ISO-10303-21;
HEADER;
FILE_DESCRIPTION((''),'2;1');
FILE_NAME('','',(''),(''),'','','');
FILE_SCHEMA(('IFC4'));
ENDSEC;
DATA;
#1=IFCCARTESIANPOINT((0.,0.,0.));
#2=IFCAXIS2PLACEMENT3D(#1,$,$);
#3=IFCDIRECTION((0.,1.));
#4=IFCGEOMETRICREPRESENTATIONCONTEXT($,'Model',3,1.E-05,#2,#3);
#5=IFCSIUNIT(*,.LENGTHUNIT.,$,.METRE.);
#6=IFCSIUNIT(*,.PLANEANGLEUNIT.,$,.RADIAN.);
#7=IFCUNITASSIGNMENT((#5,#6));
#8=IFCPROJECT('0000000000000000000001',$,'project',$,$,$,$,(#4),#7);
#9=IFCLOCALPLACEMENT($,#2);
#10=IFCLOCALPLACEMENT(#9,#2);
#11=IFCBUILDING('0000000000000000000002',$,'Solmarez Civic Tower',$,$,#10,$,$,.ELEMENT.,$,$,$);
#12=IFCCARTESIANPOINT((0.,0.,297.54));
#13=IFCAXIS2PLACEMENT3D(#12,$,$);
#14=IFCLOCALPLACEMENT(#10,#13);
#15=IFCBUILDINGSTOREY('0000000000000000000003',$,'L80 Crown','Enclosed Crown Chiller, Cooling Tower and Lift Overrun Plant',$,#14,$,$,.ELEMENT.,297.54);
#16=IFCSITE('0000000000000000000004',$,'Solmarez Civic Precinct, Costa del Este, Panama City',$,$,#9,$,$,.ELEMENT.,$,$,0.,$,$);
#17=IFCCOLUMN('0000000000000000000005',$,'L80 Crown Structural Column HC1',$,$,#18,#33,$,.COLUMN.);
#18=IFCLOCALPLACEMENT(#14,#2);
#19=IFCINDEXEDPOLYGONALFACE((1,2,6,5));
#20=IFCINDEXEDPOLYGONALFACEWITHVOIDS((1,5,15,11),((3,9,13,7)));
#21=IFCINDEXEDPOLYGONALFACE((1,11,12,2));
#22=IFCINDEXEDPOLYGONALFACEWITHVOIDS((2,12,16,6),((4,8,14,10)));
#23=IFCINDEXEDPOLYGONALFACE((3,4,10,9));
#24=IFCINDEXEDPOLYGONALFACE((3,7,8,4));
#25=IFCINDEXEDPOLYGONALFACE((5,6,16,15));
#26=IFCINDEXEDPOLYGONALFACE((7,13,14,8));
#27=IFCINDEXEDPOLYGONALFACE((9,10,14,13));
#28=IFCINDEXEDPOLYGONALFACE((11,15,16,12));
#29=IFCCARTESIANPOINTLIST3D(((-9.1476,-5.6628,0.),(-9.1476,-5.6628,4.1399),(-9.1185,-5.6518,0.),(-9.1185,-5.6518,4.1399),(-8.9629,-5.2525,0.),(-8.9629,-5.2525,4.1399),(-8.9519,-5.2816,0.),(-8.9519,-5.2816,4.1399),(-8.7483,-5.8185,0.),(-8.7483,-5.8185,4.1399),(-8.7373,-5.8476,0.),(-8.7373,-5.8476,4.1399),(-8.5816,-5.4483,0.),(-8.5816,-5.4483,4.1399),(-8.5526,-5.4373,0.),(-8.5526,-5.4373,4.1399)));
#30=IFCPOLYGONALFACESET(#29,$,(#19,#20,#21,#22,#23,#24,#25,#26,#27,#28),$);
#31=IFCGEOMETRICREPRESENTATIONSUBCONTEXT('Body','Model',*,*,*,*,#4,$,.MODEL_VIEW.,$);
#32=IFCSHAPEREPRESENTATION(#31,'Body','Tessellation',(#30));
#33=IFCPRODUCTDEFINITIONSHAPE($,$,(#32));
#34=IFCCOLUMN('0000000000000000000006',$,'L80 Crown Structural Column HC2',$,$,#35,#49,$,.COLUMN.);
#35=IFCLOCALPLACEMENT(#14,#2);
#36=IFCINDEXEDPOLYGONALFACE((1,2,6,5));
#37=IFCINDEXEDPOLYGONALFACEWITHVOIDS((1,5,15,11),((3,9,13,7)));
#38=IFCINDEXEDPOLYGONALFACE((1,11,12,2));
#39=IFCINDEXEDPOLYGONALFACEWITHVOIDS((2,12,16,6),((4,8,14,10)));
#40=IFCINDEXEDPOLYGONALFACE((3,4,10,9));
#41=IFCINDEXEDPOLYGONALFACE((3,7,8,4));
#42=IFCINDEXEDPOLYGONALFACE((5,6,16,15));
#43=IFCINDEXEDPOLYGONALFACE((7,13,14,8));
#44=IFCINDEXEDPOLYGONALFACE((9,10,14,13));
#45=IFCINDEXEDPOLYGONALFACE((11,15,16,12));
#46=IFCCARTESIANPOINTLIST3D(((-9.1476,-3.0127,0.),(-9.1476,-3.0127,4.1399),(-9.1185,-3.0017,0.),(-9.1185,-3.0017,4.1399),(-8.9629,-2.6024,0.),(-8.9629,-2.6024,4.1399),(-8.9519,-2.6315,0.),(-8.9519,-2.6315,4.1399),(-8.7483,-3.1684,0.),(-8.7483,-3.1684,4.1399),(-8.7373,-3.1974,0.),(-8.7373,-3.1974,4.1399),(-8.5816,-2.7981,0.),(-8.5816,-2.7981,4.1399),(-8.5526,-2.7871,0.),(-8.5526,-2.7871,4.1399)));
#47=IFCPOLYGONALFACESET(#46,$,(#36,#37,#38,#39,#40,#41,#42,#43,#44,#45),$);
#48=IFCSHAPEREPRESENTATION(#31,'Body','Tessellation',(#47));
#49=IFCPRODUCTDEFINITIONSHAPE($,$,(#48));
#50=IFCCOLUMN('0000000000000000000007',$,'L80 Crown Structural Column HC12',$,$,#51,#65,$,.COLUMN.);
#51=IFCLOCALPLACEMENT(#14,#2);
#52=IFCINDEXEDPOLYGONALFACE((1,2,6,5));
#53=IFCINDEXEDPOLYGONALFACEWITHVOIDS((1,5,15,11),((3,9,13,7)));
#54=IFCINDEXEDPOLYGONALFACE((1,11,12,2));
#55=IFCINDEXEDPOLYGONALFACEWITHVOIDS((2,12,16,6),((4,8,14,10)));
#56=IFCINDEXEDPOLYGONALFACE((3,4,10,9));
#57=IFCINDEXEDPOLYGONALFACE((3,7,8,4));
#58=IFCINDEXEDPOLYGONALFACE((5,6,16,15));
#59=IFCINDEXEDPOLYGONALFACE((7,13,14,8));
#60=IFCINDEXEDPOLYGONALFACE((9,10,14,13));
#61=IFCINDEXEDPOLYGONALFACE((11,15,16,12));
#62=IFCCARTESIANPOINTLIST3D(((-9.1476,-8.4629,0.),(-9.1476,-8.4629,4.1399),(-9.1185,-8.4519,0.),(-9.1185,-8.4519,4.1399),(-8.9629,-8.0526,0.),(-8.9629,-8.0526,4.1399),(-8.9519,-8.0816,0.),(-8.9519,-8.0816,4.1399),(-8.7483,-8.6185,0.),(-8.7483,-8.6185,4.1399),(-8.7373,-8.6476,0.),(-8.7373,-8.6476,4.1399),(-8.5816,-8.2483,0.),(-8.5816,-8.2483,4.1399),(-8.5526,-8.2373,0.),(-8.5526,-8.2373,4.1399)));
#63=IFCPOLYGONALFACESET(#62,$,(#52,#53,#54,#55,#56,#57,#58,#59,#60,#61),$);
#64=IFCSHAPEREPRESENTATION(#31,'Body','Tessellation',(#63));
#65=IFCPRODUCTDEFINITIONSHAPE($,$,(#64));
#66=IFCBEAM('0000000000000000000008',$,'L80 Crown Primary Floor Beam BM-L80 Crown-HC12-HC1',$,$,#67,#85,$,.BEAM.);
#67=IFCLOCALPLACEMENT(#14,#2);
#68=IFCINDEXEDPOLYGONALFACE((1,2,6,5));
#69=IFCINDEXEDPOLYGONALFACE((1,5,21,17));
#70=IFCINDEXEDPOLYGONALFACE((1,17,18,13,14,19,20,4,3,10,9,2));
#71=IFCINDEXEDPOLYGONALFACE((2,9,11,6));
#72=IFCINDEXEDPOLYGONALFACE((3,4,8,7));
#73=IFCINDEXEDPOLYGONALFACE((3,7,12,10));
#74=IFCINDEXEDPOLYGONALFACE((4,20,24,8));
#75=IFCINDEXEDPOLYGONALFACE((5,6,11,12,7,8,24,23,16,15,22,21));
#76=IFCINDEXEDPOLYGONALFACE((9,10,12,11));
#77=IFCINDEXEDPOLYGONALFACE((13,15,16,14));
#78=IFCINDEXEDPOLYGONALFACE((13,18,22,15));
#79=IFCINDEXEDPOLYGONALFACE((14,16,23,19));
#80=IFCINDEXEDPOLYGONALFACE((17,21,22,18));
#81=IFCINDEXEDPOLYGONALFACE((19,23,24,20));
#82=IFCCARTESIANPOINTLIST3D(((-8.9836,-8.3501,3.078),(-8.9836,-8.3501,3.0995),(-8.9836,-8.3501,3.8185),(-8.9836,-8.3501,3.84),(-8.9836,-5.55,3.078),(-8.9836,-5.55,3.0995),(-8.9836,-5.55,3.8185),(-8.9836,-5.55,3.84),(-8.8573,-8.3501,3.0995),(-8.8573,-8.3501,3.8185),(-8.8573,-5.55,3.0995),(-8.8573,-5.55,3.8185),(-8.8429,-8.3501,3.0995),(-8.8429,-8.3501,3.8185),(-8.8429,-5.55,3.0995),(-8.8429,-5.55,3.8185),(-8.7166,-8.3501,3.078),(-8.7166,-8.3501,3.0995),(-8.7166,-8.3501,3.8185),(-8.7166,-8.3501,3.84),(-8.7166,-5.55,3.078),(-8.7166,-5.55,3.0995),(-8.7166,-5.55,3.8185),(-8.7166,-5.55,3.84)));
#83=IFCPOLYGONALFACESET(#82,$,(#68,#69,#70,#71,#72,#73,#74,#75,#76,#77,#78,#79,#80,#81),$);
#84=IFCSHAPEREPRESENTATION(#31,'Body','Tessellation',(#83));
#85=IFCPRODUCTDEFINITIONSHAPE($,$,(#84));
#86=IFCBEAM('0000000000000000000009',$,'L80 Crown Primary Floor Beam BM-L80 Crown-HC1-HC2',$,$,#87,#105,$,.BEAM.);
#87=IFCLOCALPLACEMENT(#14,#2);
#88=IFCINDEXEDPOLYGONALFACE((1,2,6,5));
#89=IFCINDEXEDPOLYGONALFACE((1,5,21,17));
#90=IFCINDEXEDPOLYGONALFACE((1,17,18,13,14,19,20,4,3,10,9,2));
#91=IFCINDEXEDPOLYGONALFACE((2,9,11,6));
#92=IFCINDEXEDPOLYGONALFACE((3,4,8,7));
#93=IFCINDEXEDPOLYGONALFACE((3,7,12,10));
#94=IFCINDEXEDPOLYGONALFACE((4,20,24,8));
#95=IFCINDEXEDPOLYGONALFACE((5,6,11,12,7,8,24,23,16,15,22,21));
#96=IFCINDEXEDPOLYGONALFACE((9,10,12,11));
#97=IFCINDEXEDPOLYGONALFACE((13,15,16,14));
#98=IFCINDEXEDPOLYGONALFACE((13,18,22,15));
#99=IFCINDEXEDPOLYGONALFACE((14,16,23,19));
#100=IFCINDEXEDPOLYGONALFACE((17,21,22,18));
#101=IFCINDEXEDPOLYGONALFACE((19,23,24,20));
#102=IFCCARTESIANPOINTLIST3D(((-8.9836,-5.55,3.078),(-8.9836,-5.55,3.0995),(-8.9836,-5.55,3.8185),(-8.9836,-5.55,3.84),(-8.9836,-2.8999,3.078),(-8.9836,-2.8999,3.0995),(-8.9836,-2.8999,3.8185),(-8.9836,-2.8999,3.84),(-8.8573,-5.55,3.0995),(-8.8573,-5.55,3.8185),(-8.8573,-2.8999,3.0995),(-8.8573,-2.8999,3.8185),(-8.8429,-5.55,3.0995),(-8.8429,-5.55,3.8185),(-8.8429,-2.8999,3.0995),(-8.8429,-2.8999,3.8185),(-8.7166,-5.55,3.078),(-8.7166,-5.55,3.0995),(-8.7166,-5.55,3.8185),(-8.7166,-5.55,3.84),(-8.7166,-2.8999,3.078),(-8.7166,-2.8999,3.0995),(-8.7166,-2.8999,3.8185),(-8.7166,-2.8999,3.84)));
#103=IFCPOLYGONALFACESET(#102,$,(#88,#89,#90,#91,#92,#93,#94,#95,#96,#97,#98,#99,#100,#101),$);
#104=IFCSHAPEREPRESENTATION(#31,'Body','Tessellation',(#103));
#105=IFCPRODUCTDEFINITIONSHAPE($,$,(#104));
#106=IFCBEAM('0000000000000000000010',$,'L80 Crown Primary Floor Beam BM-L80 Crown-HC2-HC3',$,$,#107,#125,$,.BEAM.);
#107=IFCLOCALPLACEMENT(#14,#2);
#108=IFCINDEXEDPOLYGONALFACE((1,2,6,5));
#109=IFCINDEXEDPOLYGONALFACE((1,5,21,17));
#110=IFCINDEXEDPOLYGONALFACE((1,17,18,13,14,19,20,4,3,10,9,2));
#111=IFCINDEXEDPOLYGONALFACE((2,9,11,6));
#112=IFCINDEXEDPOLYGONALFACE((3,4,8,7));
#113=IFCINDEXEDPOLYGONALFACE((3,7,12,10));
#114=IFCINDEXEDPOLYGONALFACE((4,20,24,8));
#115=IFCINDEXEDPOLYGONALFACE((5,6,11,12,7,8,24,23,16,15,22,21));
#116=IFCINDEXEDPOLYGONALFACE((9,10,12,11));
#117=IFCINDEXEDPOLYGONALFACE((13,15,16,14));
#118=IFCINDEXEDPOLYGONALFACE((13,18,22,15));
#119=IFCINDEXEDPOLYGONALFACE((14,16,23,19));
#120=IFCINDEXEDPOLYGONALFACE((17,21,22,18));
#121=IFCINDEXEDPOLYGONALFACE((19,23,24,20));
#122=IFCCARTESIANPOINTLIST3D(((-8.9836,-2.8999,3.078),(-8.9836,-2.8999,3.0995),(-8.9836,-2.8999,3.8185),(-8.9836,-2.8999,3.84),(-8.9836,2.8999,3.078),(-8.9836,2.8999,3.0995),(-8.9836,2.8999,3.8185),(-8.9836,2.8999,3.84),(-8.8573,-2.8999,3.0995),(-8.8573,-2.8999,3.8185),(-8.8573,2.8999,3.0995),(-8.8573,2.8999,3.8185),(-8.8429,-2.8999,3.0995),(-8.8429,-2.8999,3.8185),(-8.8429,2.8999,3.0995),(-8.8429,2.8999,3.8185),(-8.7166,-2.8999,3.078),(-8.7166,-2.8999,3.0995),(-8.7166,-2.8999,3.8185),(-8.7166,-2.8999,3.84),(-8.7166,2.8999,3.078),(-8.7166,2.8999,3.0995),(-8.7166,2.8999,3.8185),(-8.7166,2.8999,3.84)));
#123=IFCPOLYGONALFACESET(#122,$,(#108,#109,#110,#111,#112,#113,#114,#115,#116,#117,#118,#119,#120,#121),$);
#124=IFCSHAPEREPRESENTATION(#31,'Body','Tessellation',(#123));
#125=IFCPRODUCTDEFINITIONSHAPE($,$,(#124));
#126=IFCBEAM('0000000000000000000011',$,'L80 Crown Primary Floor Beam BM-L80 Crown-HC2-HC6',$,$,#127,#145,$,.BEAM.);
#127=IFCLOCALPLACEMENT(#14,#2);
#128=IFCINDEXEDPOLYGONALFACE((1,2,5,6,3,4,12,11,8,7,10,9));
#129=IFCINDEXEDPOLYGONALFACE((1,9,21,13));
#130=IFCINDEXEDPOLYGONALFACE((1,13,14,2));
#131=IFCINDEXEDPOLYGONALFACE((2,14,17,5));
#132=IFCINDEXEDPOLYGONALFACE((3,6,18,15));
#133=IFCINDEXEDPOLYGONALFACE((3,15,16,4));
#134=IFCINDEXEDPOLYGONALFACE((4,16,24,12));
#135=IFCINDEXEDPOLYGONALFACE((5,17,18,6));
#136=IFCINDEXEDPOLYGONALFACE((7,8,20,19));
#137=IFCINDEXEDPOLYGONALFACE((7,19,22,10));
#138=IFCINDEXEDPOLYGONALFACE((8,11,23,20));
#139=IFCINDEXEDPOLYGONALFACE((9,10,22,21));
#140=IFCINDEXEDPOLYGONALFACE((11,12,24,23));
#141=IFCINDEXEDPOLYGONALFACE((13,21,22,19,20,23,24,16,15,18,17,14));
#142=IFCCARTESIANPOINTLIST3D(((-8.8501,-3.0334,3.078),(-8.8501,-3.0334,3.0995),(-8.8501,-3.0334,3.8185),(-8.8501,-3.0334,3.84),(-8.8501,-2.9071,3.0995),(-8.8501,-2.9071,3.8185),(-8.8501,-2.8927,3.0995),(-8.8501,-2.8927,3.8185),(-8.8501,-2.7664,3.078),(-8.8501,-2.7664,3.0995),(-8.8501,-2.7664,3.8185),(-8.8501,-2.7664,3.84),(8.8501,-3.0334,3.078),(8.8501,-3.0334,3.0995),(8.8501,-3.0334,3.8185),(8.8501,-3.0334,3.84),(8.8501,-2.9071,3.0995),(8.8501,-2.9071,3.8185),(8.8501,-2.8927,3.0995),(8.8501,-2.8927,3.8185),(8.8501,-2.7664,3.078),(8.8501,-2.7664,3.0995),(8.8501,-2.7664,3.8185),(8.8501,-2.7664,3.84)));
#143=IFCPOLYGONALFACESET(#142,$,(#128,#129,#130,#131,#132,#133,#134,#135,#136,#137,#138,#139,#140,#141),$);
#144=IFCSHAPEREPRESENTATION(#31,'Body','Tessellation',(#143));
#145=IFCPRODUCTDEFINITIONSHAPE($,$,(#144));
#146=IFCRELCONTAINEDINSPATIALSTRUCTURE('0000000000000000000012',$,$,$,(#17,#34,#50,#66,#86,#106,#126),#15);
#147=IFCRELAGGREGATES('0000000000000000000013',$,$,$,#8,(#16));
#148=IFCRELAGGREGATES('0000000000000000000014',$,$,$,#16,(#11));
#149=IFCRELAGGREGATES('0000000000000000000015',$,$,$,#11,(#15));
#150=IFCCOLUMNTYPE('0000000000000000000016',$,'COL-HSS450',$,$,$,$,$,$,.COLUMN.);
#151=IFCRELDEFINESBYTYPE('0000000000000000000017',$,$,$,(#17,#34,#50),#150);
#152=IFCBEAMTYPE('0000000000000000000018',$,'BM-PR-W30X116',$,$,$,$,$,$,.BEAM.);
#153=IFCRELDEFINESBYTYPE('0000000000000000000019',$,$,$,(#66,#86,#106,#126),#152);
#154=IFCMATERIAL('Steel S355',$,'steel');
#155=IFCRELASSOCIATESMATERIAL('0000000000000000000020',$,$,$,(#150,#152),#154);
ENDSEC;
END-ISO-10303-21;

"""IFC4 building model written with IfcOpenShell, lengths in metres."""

from ifc_helpers import new_model, si_unit, direction, frame, origin, origin_2d, place, context, subcontext, project, spatial, hollow_rectangle, i_section, extrude, material, material_profile, profile_set, type_object, element, save


model = new_model("IFC4")

# Units and contexts
model_context = context("Model", 3, precision=1e-05, world=origin(), true_north=direction((0.0, 1.0)))
body_context = subcontext(model_context, "Body", "Model", "MODEL_VIEW")
ifc_project = project(units=[si_unit("LENGTHUNIT", "METRE"), si_unit("PLANEANGLEUNIT", "RADIAN")], contexts=[model_context])

# Site, building, storey
site_placement = place(None, origin())
site = spatial("IfcSite", under=ifc_project, at=site_placement, Name="Solmarez Civic Precinct, Costa del Este, Panama City", CompositionType="ELEMENT", RefElevation=0.0)
building_placement = place(site_placement, origin())
building = spatial("IfcBuilding", under=site, at=building_placement, Name="Solmarez Civic Tower", CompositionType="ELEMENT")
storey_placement = place(building_placement, frame((0.0, 0.0, 297.54)))
storey = spatial("IfcBuildingStorey", under=building, at=storey_placement, Name="L80 Crown", Description="Enclosed Crown Chiller, Cooling Tower and Lift Overrun Plant", CompositionType="ELEMENT", Elevation=297.54)

# Columns
ifc_material_1 = material(Name="Steel S355", Category="steel")
ifc_material_profile_1 = material_profile(ifc_material_1, hollow_rectangle(XDim=0.45, YDim=0.45, WallThickness=0.022, at=origin_2d()), Name="HSS450X450X22")
ifc_profile_set_1 = profile_set([ifc_material_profile_1], Name="Steel S355")
column_type = type_object("IfcColumnType", Name="COL-HSS450", PredefinedType="COLUMN", material=ifc_profile_set_1)
for number, where, z_axis, x_axis, name in (
    (1, (-8.8501, -5.55, 0.0), (0.0, 0.0, 1.0), (0.41056, 0.911834, 0.0), "L80 Crown Structural Column HC1"),
    (2, (-8.8501, -2.8999, 0.0), (0.0, 0.0, 1.0), (0.41056, 0.911834, 0.0), "L80 Crown Structural Column HC2"),
    (3, (-8.8501, -8.3501, 0.0), (0.0, 0.0, 1.0), (0.41056, 0.911834, 0.0), "L80 Crown Structural Column HC12"),
):
    element("IfcColumn", number, at=place(storey_placement, frame(where, z_axis=z_axis, x_axis=x_axis)), inside=storey, type_object=column_type, Name=name, PredefinedType="COLUMN", context=body_context, shape_type="SweptSolid", body=[
        extrude(hollow_rectangle(XDim=0.45, YDim=0.45, WallThickness=0.022, at=origin_2d()), origin(), (0.0, 0.0, 1.0), 4.1399),
    ])

# Beams
ifc_material_profile_2 = material_profile(ifc_material_1, i_section(OverallWidth=0.2671, OverallDepth=0.762, WebThickness=0.0144, FlangeThickness=0.0215, at=origin_2d()), Name="W30X116")
ifc_profile_set_2 = profile_set([ifc_material_profile_2], Name="Steel S355")
beam_type = type_object("IfcBeamType", Name="BM-PR-W30X116", PredefinedType="BEAM", material=ifc_profile_set_2)
beam_1_placement = place(storey_placement, frame((-8.8501, -8.3501, 3.459), z_axis=(0.0, 1.0, 0.0), x_axis=(-1.0, 0.0, 0.0)))
element("IfcBeam", 4, at=beam_1_placement, inside=storey, type_object=beam_type, Name="L80 Crown Primary Floor Beam BM-L80 Crown-HC12-HC1", PredefinedType="BEAM", context=body_context, shape_type="SweptSolid", body=[
    extrude(i_section(OverallWidth=0.2671, OverallDepth=0.762, WebThickness=0.0144, FlangeThickness=0.0215, at=origin_2d()), origin(), (0.0, 0.0, 1.0), 2.8),
])
beam_2_placement = place(storey_placement, frame((-8.8501, -5.55, 3.459), z_axis=(0.0, 1.0, 0.0), x_axis=(-1.0, 0.0, 0.0)))
element("IfcBeam", 5, at=beam_2_placement, inside=storey, type_object=beam_type, Name="L80 Crown Primary Floor Beam BM-L80 Crown-HC1-HC2", PredefinedType="BEAM", context=body_context, shape_type="SweptSolid", body=[
    extrude(i_section(OverallWidth=0.2671, OverallDepth=0.762, WebThickness=0.0144, FlangeThickness=0.0215, at=origin_2d()), origin(), (0.0, 0.0, 1.0), 2.6501),
])
beam_3_placement = place(storey_placement, frame((-8.8501, -2.8999, 3.459), z_axis=(0.0, 1.0, 0.0), x_axis=(-1.0, 0.0, 0.0)))
element("IfcBeam", 6, at=beam_3_placement, inside=storey, type_object=beam_type, Name="L80 Crown Primary Floor Beam BM-L80 Crown-HC2-HC3", PredefinedType="BEAM", context=body_context, shape_type="SweptSolid", body=[
    extrude(i_section(OverallWidth=0.2671, OverallDepth=0.762, WebThickness=0.0144, FlangeThickness=0.0215, at=origin_2d()), origin(), (0.0, 0.0, 1.0), 5.7998),
])
beam_4_placement = place(storey_placement, frame((-8.8501, -2.8999, 3.459), z_axis=(1.0, 0.0, 0.0), x_axis=(0.0, 1.0, 0.0)))
element("IfcBeam", 7, at=beam_4_placement, inside=storey, type_object=beam_type, Name="L80 Crown Primary Floor Beam BM-L80 Crown-HC2-HC6", PredefinedType="BEAM", context=body_context, shape_type="SweptSolid", body=[
    extrude(i_section(OverallWidth=0.2671, OverallDepth=0.762, WebThickness=0.0144, FlangeThickness=0.0215, at=origin_2d()), origin(), (0.0, 0.0, 1.0), 17.7002),
])

save(model, "model.ifc")
